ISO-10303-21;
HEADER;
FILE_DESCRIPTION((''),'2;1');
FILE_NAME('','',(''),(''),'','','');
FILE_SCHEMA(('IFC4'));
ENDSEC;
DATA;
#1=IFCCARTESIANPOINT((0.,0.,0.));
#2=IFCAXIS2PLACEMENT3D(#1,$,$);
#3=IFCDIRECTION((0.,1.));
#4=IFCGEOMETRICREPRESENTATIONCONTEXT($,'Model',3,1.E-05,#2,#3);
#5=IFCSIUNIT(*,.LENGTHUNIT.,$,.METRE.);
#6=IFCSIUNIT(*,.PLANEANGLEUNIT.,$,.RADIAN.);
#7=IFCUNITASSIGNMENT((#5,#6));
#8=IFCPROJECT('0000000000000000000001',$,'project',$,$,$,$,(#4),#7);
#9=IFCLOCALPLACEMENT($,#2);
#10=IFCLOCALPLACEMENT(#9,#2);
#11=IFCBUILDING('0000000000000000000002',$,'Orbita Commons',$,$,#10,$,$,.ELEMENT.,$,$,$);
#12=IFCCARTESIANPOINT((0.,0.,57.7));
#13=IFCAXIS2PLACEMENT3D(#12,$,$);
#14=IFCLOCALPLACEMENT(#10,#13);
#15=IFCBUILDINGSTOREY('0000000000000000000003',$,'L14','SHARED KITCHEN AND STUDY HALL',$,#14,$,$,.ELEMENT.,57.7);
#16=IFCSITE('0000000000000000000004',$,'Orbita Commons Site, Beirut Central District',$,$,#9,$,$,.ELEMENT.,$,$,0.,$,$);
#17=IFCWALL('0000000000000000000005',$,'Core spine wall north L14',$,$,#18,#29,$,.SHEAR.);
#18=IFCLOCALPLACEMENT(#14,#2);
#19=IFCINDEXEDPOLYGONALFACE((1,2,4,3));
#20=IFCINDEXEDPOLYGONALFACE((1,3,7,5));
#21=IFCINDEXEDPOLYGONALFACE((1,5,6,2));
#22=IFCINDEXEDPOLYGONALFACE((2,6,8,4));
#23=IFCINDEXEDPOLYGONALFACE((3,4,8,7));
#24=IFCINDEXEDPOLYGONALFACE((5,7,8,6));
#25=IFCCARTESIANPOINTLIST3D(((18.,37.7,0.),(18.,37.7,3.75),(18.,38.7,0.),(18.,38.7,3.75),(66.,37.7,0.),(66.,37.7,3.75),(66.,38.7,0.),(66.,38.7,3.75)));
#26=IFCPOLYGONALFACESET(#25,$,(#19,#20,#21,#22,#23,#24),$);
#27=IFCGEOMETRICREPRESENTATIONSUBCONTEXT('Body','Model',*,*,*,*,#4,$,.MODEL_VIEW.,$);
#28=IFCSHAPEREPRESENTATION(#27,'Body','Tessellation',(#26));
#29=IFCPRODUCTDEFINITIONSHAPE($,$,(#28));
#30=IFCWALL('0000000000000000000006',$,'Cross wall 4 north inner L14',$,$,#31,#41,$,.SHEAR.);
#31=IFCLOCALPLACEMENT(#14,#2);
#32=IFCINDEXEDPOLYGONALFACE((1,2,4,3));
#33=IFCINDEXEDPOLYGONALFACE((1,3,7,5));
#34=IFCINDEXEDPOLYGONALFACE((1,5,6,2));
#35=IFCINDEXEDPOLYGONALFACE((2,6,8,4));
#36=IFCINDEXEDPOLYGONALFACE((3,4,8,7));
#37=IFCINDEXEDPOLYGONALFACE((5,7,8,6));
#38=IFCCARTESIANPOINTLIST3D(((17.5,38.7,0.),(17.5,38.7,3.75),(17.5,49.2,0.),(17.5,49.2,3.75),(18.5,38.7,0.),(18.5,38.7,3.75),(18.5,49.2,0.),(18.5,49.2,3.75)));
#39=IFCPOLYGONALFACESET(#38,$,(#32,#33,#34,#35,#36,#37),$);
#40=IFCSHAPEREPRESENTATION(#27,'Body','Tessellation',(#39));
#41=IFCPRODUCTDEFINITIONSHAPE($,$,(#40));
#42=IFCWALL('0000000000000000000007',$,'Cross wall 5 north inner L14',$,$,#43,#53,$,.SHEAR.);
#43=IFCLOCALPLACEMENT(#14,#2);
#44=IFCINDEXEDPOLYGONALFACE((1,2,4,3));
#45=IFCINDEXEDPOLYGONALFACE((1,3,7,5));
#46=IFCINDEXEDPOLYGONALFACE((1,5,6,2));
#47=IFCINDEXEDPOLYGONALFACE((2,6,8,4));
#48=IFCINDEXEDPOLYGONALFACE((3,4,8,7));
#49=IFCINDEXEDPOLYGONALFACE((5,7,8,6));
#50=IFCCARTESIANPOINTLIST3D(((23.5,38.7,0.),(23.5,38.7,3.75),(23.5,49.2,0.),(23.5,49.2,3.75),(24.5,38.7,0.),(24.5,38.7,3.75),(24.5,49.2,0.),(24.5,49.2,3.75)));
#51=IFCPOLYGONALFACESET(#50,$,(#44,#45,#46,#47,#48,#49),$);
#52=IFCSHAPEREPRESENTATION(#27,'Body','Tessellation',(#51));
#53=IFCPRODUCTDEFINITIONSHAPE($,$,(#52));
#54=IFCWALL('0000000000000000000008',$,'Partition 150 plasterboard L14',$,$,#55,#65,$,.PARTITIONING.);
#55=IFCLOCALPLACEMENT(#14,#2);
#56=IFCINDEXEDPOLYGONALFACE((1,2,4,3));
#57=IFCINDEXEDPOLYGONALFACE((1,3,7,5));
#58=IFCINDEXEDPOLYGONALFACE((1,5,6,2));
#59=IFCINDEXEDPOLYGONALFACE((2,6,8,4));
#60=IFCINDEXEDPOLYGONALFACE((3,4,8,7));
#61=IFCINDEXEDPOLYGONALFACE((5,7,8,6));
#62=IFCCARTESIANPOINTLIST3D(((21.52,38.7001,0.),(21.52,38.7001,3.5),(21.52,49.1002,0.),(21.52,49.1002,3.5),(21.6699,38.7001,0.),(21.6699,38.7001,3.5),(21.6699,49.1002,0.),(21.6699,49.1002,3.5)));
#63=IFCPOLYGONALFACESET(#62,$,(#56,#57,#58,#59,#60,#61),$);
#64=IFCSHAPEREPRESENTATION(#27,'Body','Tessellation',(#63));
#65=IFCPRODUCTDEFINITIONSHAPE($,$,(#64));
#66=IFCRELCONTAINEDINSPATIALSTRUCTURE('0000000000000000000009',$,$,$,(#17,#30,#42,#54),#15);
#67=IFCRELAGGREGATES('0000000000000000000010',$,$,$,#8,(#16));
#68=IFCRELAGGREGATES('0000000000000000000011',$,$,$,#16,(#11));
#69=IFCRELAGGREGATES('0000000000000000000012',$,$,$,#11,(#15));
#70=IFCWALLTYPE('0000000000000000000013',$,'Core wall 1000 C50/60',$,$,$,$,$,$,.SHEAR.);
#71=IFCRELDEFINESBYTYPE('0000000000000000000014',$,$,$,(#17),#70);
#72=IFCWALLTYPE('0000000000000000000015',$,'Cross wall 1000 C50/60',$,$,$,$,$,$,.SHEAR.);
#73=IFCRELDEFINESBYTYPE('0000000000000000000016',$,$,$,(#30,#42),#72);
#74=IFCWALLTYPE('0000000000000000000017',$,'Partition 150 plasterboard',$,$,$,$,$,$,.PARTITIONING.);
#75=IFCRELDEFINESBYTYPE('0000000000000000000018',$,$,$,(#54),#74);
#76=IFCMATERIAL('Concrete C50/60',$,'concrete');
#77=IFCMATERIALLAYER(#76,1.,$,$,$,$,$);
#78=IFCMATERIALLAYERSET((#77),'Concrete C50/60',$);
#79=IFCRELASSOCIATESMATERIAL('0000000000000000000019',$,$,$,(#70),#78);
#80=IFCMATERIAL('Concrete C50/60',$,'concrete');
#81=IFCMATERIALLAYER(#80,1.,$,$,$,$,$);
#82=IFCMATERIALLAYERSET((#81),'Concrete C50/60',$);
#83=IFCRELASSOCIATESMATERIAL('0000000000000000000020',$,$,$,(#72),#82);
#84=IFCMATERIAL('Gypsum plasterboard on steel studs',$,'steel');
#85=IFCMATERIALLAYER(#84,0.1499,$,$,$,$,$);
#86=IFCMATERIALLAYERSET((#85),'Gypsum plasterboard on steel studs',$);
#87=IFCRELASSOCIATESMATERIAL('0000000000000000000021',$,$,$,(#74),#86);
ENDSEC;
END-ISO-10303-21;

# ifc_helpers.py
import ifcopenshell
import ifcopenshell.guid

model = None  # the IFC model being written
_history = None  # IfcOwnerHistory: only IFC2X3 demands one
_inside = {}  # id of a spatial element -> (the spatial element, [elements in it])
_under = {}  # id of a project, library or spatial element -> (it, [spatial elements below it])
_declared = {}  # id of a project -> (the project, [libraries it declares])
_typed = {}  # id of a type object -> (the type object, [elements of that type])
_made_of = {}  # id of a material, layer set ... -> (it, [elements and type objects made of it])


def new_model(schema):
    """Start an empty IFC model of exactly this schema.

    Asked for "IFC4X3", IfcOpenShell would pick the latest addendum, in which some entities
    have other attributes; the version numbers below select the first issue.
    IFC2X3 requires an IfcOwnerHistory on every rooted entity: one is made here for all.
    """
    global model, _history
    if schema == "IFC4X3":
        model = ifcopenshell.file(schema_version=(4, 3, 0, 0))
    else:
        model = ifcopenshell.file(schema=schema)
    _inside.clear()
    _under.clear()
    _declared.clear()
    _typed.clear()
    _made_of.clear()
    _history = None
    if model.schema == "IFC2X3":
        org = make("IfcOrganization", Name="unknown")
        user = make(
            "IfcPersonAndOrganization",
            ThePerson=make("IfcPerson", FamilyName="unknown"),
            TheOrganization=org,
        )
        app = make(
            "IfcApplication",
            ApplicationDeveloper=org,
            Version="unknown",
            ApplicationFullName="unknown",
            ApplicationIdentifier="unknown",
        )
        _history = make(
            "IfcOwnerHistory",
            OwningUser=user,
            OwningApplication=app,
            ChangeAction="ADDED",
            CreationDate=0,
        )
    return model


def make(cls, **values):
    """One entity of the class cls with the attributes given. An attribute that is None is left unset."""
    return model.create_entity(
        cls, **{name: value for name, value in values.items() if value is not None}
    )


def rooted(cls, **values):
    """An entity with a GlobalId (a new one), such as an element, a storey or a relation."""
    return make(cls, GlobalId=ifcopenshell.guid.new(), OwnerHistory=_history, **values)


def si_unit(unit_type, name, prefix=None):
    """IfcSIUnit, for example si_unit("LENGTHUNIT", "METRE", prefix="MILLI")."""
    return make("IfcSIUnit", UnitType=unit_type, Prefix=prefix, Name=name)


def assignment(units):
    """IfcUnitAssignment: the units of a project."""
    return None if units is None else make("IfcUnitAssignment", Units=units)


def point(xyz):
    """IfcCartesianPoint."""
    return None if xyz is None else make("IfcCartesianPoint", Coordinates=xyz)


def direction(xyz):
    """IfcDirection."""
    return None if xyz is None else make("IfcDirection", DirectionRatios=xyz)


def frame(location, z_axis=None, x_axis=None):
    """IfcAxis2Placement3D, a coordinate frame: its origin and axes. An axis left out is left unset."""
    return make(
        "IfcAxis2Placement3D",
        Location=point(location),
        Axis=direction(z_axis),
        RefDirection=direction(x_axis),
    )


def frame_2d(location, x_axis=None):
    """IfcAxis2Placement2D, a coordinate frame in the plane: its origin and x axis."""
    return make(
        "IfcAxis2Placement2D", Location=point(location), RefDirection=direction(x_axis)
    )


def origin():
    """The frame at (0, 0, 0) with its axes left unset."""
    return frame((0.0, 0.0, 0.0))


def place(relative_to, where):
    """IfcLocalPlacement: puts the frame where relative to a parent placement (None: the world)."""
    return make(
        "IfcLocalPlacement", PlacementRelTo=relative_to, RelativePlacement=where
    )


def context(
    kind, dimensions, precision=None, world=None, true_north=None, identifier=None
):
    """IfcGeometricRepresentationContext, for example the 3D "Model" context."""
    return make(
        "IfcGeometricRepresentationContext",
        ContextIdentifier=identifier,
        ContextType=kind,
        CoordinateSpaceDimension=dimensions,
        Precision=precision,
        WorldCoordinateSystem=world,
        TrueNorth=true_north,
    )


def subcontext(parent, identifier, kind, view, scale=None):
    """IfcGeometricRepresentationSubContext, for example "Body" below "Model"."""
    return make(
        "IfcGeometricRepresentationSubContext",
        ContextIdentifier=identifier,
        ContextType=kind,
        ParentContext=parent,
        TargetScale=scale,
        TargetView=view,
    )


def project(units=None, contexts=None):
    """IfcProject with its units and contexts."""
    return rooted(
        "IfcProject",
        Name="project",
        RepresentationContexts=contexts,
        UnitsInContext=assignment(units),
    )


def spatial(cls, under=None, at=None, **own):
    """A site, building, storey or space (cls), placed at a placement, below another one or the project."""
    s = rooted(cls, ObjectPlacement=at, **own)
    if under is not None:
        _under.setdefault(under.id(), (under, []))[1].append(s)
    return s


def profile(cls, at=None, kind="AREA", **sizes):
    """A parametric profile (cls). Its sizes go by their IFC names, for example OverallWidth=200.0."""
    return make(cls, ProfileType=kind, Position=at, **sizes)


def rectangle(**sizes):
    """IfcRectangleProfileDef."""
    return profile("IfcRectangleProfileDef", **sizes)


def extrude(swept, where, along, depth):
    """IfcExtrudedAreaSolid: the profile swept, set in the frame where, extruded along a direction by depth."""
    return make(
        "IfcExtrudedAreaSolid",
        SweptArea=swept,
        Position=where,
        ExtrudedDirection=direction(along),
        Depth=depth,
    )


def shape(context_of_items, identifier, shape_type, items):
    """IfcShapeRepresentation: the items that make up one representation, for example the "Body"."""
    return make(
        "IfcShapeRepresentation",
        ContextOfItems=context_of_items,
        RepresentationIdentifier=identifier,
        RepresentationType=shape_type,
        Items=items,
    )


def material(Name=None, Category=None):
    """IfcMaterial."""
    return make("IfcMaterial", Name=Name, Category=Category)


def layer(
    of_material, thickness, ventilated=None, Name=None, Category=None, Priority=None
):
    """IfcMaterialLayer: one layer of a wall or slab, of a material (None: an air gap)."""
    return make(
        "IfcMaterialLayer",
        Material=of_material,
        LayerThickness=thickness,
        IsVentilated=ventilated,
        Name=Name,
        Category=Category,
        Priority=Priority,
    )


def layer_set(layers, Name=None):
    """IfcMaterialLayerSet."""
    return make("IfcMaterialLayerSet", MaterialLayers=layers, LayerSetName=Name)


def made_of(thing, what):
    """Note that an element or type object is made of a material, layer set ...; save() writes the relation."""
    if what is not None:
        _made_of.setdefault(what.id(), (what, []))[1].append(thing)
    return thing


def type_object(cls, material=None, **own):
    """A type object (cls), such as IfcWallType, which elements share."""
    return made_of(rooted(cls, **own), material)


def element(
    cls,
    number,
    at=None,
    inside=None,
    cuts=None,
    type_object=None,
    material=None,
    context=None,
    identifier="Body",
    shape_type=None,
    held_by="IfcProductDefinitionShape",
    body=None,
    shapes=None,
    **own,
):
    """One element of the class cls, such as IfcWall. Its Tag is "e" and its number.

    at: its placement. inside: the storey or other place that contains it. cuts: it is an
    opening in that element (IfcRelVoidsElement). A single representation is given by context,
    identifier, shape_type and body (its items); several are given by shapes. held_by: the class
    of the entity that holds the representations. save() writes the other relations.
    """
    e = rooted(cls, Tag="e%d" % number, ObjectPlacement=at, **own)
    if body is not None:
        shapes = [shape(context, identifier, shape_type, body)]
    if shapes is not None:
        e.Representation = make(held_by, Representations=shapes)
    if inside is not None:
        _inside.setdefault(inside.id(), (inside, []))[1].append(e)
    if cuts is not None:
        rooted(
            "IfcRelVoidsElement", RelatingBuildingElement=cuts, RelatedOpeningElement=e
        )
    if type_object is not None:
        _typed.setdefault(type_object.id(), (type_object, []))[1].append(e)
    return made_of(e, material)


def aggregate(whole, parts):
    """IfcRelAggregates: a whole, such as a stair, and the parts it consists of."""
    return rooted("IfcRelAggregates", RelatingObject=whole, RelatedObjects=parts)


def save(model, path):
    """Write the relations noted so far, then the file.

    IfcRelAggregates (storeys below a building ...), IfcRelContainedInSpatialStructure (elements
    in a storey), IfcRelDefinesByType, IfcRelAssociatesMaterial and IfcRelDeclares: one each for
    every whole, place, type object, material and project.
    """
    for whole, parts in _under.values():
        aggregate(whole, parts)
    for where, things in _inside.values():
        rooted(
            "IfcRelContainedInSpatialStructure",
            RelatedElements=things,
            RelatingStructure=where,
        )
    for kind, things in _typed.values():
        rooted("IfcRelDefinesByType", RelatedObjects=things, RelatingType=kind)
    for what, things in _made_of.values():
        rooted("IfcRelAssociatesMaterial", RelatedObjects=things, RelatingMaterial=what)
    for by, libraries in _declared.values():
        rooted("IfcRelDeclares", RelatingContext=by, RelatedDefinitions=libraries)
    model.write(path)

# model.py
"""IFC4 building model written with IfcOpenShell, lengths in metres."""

from ifc_helpers import new_model, si_unit, direction, frame, frame_2d, origin, place, context, subcontext, project, spatial, rectangle, extrude, material, layer, layer_set, type_object, element, save


model = new_model("IFC4")

# Units and contexts
model_context = context("Model", 3, precision=1e-05, world=origin(), true_north=direction((0.0, 1.0)))
body_context = subcontext(model_context, "Body", "Model", "MODEL_VIEW")
ifc_project = project(units=[si_unit("LENGTHUNIT", "METRE"), si_unit("PLANEANGLEUNIT", "RADIAN")], contexts=[model_context])

# Site, building, storey
site_placement = place(None, origin())
site = spatial("IfcSite", under=ifc_project, at=site_placement, Name="Orbita Commons Site, Beirut Central District", CompositionType="ELEMENT", RefElevation=0.0)
building_placement = place(site_placement, origin())
building = spatial("IfcBuilding", under=site, at=building_placement, Name="Orbita Commons", CompositionType="ELEMENT")
storey_placement = place(building_placement, frame((0.0, 0.0, 57.7)))
storey = spatial("IfcBuildingStorey", under=building, at=storey_placement, Name="L14", Description="SHARED KITCHEN AND STUDY HALL", CompositionType="ELEMENT", Elevation=57.7)

# Walls
ifc_material_1 = material(Name="Concrete C50/60", Category="concrete")
ifc_layer_1 = layer(ifc_material_1, 1.0)
ifc_layer_set_1 = layer_set([ifc_layer_1], Name="Concrete C50/60")
wall_type_1 = type_object("IfcWallType", Name="Core wall 1000 C50/60", PredefinedType="SHEAR", material=ifc_layer_set_1)
wall_1_placement = place(storey_placement, frame((18.0, 38.2, 0.0), z_axis=(0.0, 0.0, 1.0), x_axis=(1.0, 0.0, 0.0)))
element("IfcWall", 1, at=wall_1_placement, inside=storey, type_object=wall_type_1, Name="Core spine wall north L14", PredefinedType="SHEAR", context=body_context, shape_type="SweptSolid", body=[
    extrude(rectangle(XDim=48.0, YDim=1.0, at=frame_2d((24.0, 0.0))), origin(), (0.0, 0.0, 1.0), 3.75),
])
ifc_material_2 = material(Name="Concrete C50/60", Category="concrete")
ifc_layer_2 = layer(ifc_material_2, 1.0)
ifc_layer_set_2 = layer_set([ifc_layer_2], Name="Concrete C50/60")
wall_type_2 = type_object("IfcWallType", Name="Cross wall 1000 C50/60", PredefinedType="SHEAR", material=ifc_layer_set_2)
for number, where, z_axis, x_axis, name in (
    (2, (18.0, 38.7, 0.0), (0.0, 0.0, 1.0), (0.0, 1.0, 0.0), "Cross wall 4 north inner L14"),
    (3, (24.0, 38.7, 0.0), (0.0, 0.0, 1.0), (0.0, 1.0, 0.0), "Cross wall 5 north inner L14"),
):
    element("IfcWall", number, at=place(storey_placement, frame(where, z_axis=z_axis, x_axis=x_axis)), inside=storey, type_object=wall_type_2, Name=name, PredefinedType="SHEAR", context=body_context, shape_type="SweptSolid", body=[
        extrude(rectangle(XDim=10.5, YDim=1.0, at=frame_2d((5.25, 0.0))), origin(), (0.0, 0.0, 1.0), 3.75),
    ])
ifc_material_3 = material(Name="Gypsum plasterboard on steel studs", Category="steel")
ifc_layer_3 = layer(ifc_material_3, 0.1499)
ifc_layer_set_3 = layer_set([ifc_layer_3], Name="Gypsum plasterboard on steel studs")
wall_type_3 = type_object("IfcWallType", Name="Partition 150 plasterboard", PredefinedType="PARTITIONING", material=ifc_layer_set_3)
wall_2_placement = place(storey_placement, frame((21.595, 38.7, 0.0), z_axis=(0.0, 0.0, 1.0), x_axis=(0.0, 1.0, 0.0)))
element("IfcWall", 4, at=wall_2_placement, inside=storey, type_object=wall_type_3, Name="Partition 150 plasterboard L14", PredefinedType="PARTITIONING", context=body_context, shape_type="SweptSolid", body=[
    extrude(rectangle(XDim=10.4001, YDim=0.1499, at=frame_2d((5.2002, 0.0))), origin(), (0.0, 0.0, 1.0), 3.5),
])

save(model, "model.ifc")
